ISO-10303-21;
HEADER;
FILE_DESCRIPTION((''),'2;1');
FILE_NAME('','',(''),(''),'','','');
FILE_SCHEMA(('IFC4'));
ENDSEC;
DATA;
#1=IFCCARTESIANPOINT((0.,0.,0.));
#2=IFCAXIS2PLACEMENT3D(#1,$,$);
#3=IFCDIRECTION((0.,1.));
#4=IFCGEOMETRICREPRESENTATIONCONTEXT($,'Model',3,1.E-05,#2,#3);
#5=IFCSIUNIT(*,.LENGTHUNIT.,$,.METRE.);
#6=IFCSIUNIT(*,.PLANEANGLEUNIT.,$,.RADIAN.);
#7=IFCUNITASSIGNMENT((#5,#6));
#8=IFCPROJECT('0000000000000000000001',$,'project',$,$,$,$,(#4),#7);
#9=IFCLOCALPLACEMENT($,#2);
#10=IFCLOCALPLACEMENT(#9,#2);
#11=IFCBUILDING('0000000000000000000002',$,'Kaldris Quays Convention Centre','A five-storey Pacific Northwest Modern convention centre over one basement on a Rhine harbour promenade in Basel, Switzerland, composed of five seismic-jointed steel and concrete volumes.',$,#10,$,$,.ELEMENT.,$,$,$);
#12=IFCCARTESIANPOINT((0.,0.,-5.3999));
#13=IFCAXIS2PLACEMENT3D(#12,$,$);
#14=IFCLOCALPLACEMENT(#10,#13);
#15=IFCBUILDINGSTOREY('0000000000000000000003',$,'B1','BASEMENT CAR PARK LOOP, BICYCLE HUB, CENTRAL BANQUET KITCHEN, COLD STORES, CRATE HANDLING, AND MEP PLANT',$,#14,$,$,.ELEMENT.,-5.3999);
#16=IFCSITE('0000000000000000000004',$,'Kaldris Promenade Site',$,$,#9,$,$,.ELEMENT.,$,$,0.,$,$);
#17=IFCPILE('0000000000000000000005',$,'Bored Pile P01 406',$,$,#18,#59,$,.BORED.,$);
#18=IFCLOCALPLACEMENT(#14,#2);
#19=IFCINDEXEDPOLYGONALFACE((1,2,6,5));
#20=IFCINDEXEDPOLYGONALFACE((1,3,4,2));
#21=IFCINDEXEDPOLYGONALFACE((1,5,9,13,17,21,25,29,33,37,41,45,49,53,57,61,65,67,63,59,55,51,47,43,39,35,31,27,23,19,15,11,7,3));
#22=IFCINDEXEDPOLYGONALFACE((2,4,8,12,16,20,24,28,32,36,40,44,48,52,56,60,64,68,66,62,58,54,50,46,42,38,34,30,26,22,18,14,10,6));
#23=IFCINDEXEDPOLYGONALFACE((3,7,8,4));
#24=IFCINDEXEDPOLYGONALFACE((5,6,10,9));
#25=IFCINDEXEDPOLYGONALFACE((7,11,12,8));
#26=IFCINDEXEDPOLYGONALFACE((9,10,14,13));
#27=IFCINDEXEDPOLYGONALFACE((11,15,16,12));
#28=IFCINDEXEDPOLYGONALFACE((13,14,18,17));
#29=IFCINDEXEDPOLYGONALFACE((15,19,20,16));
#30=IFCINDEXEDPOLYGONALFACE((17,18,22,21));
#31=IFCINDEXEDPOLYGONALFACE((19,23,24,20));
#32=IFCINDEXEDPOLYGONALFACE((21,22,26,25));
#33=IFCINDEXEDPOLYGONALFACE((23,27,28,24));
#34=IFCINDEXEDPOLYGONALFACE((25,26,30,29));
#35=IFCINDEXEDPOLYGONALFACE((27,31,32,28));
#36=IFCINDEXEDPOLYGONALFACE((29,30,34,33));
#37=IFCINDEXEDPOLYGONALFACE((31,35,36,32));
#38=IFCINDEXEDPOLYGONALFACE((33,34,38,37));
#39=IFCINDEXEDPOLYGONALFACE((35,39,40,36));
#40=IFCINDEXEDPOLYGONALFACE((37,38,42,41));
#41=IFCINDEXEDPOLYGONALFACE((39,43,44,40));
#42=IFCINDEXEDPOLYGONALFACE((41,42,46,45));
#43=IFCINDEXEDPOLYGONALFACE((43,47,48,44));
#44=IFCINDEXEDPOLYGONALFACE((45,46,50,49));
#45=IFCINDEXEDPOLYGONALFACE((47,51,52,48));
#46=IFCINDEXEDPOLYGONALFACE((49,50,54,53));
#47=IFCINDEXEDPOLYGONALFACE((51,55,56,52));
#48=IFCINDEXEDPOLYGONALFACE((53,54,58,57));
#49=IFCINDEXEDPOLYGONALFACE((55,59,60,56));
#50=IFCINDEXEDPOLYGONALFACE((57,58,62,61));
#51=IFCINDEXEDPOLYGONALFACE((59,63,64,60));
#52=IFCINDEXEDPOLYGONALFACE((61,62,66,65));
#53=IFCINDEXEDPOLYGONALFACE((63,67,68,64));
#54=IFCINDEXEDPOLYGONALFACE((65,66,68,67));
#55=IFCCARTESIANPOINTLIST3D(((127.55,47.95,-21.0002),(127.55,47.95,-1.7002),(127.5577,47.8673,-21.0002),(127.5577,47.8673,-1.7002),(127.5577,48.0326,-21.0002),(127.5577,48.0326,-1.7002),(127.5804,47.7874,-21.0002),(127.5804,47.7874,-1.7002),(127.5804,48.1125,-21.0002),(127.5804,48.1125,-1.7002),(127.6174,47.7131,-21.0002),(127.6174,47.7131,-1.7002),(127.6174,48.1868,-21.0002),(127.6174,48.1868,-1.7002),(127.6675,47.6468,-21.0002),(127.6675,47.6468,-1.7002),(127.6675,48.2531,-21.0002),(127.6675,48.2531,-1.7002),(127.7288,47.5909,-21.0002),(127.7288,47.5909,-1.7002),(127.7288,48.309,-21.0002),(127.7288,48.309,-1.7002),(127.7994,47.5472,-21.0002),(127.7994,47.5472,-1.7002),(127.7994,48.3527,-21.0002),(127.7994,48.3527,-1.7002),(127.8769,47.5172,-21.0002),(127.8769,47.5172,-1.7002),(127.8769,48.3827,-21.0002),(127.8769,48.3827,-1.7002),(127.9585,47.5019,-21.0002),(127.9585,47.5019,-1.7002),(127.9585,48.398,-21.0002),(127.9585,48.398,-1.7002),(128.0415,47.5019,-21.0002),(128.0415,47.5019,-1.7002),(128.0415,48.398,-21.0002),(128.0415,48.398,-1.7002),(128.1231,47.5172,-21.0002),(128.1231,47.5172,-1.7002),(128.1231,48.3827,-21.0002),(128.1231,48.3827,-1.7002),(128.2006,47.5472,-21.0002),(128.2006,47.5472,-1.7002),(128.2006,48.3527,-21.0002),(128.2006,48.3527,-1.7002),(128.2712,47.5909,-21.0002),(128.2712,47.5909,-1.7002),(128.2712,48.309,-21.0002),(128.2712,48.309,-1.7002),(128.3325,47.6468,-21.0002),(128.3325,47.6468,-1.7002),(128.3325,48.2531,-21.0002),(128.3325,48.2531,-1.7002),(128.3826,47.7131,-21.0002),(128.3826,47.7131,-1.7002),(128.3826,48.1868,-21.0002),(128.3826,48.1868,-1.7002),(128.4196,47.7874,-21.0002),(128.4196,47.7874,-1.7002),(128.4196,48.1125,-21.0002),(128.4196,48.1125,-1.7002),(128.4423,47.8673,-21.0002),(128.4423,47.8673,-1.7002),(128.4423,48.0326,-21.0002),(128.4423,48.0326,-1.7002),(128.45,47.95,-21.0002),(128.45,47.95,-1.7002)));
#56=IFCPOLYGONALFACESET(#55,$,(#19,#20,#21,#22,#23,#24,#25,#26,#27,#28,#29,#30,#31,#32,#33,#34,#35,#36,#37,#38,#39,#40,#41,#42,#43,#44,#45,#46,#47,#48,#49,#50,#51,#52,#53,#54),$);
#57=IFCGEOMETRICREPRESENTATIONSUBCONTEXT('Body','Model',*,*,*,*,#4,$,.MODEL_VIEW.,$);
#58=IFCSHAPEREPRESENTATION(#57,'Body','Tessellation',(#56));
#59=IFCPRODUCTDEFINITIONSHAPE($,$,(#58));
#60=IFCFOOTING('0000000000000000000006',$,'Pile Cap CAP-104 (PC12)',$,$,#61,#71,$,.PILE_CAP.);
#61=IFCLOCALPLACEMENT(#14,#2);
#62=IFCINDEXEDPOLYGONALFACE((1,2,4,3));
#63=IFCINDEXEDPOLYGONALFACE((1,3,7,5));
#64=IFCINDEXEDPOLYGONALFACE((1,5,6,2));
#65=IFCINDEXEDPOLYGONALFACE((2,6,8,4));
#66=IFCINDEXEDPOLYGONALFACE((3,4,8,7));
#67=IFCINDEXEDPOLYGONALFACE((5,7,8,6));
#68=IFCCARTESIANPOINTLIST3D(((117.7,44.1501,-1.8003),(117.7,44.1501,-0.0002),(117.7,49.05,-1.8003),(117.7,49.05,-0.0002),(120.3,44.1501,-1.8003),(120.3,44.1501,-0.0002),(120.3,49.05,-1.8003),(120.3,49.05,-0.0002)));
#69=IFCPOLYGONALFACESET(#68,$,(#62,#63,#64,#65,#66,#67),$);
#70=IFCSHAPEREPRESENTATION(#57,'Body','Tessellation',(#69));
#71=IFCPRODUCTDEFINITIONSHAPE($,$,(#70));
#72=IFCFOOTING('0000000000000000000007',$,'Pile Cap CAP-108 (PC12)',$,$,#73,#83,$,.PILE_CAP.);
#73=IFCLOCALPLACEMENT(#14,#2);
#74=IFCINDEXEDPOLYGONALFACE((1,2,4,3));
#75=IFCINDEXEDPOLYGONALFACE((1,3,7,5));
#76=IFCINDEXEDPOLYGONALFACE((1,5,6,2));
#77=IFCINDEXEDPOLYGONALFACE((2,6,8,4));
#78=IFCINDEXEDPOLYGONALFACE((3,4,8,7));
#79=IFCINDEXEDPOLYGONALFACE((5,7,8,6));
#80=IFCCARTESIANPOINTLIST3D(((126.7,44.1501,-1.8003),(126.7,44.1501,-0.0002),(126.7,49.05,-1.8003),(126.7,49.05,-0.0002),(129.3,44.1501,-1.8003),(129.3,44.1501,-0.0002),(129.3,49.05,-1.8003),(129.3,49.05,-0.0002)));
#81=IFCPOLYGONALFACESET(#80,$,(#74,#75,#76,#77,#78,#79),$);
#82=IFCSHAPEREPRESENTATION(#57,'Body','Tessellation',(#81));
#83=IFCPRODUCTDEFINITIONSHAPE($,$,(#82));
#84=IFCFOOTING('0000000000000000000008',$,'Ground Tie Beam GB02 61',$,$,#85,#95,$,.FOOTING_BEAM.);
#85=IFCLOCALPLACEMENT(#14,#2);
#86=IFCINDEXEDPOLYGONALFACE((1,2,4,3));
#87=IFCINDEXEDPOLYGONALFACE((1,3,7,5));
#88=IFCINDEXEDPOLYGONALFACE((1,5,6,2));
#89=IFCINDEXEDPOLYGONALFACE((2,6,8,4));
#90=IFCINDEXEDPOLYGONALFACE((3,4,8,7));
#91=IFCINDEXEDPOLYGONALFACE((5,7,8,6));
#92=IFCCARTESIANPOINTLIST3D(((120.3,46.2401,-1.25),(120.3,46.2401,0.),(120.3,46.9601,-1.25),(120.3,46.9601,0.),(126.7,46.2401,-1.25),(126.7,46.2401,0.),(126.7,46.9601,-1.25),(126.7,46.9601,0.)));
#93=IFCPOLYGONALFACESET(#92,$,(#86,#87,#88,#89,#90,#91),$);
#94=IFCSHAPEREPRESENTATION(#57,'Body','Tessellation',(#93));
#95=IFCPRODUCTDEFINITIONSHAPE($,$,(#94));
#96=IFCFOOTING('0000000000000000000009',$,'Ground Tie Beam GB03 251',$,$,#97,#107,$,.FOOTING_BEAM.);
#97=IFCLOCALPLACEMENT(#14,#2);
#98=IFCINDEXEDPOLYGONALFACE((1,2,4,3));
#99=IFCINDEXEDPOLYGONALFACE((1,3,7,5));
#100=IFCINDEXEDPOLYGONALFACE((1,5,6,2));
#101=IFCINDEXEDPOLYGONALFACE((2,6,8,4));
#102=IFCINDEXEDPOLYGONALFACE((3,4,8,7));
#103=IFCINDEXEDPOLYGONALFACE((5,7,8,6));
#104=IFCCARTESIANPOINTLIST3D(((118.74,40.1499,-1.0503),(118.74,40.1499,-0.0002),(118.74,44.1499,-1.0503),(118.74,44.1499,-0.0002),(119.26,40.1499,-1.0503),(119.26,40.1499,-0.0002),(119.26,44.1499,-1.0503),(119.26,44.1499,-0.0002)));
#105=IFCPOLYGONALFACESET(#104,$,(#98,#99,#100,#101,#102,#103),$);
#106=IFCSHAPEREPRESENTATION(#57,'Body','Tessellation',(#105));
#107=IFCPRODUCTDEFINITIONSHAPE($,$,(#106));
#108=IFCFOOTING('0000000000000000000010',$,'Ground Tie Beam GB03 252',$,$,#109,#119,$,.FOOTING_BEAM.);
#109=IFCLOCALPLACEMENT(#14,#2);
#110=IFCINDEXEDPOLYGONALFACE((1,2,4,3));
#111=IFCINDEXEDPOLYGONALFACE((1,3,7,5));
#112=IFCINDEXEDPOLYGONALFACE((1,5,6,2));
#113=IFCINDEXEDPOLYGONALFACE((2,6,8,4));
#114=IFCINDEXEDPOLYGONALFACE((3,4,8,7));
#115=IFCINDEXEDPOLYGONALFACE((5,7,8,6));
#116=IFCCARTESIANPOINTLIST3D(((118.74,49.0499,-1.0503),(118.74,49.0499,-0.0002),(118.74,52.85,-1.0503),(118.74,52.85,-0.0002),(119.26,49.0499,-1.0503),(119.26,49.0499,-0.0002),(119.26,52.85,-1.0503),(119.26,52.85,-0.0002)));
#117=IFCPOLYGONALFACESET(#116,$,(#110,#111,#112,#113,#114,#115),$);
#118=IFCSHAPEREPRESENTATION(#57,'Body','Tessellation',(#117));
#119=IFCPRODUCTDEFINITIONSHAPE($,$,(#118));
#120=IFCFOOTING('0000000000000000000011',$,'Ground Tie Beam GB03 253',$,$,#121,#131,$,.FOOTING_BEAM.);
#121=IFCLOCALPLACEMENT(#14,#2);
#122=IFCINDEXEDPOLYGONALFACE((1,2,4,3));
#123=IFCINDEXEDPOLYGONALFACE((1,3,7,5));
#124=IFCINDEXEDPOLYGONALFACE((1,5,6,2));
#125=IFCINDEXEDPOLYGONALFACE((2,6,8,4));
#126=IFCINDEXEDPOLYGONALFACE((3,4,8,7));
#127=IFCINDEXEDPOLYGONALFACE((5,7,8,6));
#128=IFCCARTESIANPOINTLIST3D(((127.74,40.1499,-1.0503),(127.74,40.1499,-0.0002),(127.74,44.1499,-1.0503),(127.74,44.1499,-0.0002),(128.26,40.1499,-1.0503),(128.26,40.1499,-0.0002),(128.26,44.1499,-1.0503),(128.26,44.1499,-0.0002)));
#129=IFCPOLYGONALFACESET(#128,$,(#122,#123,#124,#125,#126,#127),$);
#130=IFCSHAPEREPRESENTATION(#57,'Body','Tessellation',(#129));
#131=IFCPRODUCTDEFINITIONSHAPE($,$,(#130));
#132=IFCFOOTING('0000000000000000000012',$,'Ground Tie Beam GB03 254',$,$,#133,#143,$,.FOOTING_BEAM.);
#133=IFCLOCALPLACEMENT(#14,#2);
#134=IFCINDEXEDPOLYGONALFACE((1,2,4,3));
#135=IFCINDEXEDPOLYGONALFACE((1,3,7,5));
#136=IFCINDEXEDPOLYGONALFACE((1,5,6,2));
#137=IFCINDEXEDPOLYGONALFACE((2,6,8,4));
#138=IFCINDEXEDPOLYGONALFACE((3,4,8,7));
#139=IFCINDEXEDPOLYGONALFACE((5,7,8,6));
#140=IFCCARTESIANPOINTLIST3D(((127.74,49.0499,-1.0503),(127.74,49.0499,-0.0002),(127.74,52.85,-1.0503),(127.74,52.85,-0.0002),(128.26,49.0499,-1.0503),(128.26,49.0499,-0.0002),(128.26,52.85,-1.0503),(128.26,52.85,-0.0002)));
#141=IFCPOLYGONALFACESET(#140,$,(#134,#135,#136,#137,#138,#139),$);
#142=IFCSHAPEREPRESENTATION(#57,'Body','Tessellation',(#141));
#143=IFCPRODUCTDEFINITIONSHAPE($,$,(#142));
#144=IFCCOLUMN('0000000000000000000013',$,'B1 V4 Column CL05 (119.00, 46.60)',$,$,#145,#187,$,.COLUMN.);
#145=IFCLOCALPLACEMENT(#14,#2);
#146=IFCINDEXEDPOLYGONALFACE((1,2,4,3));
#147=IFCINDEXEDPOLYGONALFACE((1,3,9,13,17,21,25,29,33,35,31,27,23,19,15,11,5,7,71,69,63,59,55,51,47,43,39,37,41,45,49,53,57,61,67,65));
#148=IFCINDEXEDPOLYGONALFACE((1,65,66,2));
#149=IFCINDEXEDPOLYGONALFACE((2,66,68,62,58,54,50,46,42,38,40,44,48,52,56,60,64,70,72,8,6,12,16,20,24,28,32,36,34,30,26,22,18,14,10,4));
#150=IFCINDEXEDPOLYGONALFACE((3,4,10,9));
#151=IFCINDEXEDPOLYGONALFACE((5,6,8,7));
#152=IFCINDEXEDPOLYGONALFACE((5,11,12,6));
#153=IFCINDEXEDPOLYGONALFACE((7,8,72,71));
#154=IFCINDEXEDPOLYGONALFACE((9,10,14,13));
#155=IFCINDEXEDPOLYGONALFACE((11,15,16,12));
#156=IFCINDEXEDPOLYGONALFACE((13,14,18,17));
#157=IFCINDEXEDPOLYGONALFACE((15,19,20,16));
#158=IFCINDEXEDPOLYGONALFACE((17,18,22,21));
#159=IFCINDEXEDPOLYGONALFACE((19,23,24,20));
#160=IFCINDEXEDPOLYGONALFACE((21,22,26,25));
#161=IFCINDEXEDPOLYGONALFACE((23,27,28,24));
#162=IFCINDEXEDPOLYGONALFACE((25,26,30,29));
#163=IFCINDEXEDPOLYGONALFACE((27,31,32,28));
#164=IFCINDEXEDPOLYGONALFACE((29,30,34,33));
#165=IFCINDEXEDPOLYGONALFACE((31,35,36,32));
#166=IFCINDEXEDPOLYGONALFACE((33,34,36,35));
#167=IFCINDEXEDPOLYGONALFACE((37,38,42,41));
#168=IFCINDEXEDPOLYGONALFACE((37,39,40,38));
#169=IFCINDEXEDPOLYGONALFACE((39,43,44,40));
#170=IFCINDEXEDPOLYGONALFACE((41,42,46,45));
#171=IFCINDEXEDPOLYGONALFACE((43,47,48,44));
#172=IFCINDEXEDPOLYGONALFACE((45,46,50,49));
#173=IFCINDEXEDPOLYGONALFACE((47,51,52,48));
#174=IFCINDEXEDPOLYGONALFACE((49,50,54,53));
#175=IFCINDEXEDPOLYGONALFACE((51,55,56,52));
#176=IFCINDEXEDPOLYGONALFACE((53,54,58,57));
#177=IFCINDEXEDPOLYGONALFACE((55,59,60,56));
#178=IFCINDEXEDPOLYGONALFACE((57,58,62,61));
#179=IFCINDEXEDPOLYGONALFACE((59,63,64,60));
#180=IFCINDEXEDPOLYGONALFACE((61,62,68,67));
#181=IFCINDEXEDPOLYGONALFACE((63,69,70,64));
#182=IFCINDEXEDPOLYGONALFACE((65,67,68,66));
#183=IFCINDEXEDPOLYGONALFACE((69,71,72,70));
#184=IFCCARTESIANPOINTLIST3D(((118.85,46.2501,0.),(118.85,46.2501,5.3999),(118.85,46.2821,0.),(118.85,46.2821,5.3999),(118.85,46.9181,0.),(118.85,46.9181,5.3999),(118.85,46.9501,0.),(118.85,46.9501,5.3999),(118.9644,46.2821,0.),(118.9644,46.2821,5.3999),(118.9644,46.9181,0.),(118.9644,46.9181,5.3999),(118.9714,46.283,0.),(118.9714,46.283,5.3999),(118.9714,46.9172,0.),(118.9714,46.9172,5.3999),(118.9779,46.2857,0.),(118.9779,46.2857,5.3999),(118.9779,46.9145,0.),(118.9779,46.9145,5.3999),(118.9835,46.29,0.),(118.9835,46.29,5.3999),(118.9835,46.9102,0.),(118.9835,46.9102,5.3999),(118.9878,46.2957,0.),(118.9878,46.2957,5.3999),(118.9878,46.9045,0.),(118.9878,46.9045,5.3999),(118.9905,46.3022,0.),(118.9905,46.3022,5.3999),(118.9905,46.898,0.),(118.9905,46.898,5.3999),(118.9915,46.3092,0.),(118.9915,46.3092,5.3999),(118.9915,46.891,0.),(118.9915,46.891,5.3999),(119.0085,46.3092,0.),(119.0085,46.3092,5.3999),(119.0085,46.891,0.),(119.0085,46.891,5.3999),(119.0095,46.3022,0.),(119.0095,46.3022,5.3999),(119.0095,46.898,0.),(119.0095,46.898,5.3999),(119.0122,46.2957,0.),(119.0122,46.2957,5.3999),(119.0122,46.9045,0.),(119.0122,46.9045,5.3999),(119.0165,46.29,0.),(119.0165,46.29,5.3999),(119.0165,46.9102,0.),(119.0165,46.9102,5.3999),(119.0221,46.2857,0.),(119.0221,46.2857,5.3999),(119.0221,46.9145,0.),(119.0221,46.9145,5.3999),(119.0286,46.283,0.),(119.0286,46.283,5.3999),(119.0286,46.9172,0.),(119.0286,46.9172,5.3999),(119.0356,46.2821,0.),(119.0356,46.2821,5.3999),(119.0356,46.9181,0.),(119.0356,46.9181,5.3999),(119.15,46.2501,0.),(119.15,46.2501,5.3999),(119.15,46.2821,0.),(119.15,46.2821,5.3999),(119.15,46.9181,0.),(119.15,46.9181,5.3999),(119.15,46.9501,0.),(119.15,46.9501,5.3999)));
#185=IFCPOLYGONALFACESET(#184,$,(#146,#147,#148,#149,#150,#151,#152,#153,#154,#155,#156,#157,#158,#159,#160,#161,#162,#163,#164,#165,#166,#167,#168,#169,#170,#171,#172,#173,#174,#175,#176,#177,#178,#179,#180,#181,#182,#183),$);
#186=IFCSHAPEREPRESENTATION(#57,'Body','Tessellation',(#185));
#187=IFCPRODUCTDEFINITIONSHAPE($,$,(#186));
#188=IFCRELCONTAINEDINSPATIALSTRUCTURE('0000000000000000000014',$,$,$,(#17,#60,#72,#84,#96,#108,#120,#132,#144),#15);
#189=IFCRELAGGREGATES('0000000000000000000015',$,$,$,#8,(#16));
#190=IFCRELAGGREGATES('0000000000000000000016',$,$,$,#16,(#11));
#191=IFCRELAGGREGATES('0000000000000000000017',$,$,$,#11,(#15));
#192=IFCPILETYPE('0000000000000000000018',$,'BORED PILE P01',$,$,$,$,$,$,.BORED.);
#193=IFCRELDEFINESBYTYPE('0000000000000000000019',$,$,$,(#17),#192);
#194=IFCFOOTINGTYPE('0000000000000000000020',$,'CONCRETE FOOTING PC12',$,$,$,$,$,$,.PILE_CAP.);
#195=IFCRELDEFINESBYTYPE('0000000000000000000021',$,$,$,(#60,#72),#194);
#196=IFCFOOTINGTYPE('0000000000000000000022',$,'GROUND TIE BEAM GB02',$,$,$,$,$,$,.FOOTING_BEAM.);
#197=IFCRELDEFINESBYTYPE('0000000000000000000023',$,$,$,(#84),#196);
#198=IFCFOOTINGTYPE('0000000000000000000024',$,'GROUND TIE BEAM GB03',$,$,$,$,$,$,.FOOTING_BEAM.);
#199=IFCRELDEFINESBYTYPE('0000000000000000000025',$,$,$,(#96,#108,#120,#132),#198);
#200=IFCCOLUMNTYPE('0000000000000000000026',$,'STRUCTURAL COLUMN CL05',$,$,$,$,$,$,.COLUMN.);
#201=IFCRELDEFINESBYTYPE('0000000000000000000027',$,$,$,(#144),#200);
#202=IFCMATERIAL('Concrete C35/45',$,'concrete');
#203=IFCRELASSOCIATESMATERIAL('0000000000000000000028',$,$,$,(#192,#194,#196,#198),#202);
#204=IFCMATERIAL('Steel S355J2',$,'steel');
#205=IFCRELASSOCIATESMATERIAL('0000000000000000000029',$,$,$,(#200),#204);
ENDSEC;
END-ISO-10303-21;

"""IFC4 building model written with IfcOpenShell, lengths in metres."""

from ifc_helpers import new_model, si_unit, direction, frame, origin, origin_2d, place, context, subcontext, project, spatial, rectangle, circle, i_section, extrude, material, material_profile, profile_set, type_object, element, save


model = new_model("IFC4")

# Units and contexts
model_context = context("Model", 3, precision=1e-05, world=origin(), true_north=direction((0.0, 1.0)))
body_context = subcontext(model_context, "Body", "Model", "MODEL_VIEW")
ifc_project = project(units=[si_unit("LENGTHUNIT", "METRE"), si_unit("PLANEANGLEUNIT", "RADIAN")], contexts=[model_context])

# Site, building, storey
site_placement = place(None, origin())
site = spatial("IfcSite", under=ifc_project, at=site_placement, Name="Kaldris Promenade Site", CompositionType="ELEMENT", RefElevation=0.0)
building_placement = place(site_placement, origin())
building = spatial("IfcBuilding", under=site, at=building_placement, Name="Kaldris Quays Convention Centre", Description="A five-storey Pacific Northwest Modern convention centre over one basement on a Rhine harbour promenade in Basel, Switzerland, composed of five seismic-jointed steel and concrete volumes.", CompositionType="ELEMENT")
storey_placement = place(building_placement, frame((0.0, 0.0, -5.3999)))
storey = spatial("IfcBuildingStorey", under=building, at=storey_placement, Name="B1", Description="BASEMENT CAR PARK LOOP, BICYCLE HUB, CENTRAL BANQUET KITCHEN, COLD STORES, CRATE HANDLING, AND MEP PLANT", CompositionType="ELEMENT", Elevation=-5.3999)

# Pile
ifc_material_1 = material(Name="Concrete C35/45", Category="concrete")
ifc_material_profile_1 = material_profile(ifc_material_1, circle(Radius=0.45, at=origin_2d()), Name="BORED PILE D900")
ifc_profile_set_1 = profile_set([ifc_material_profile_1], Name="Concrete C35/45")
pile_type = type_object("IfcPileType", Name="BORED PILE P01", PredefinedType="BORED", material=ifc_profile_set_1)
for number, where, z_axis, x_axis, name in (
    (1, (128.0, 47.95, -1.7002), (0.0, 0.0, -1.0), (1.0, 0.0, 0.0), "Bored Pile P01 406"),
):
    element("IfcPile", number, at=place(storey_placement, frame(where, z_axis=z_axis, x_axis=x_axis)), inside=storey, type_object=pile_type, Name=name, PredefinedType="BORED", context=body_context, shape_type="SweptSolid", body=[
        extrude(circle(Radius=0.45, at=origin_2d()), origin(), (0.0, 0.0, 1.0), 19.3),
    ])

# Footings
footing_type_1 = type_object("IfcFootingType", Name="CONCRETE FOOTING PC12", PredefinedType="PILE_CAP", material=ifc_material_1)
for number, where, z_axis, x_axis, name in (
    (2, (119.0, 46.6001, -1.8003), (0.0, 0.0, 1.0), (1.0, 0.0, 0.0), "Pile Cap CAP-104 (PC12)"),
    (3, (128.0, 46.6001, -1.8003), (0.0, 0.0, 1.0), (1.0, 0.0, 0.0), "Pile Cap CAP-108 (PC12)"),
):
    element("IfcFooting", number, at=place(storey_placement, frame(where, z_axis=z_axis, x_axis=x_axis)), inside=storey, type_object=footing_type_1, Name=name, PredefinedType="PILE_CAP", context=body_context, shape_type="SweptSolid", body=[
        extrude(rectangle(XDim=2.6001, YDim=4.8999, at=origin_2d()), origin(), (0.0, 0.0, 1.0), 1.8),
    ])
footing_type_2 = type_object("IfcFootingType", Name="GROUND TIE BEAM GB02", PredefinedType="FOOTING_BEAM", material=ifc_material_1)
footing_1_placement = place(storey_placement, frame((123.5, 46.6001, -1.25), z_axis=(0.0, 0.0, 1.0), x_axis=(1.0, 0.0, 0.0)))
element("IfcFooting", 4, at=footing_1_placement, inside=storey, type_object=footing_type_2, Name="Ground Tie Beam GB02 61", PredefinedType="FOOTING_BEAM", context=body_context, shape_type="SweptSolid", body=[
    extrude(rectangle(XDim=6.3999, YDim=0.72, at=origin_2d()), origin(), (0.0, 0.0, 1.0), 1.25),
])
footing_type_3 = type_object("IfcFootingType", Name="GROUND TIE BEAM GB03", PredefinedType="FOOTING_BEAM", material=ifc_material_1)
footing_2_placement = place(storey_placement, frame((119.0, 42.1499, -1.0503), z_axis=(0.0, 0.0, 1.0), x_axis=(1.0, 0.0, 0.0)))
element("IfcFooting", 5, at=footing_2_placement, inside=storey, type_object=footing_type_3, Name="Ground Tie Beam GB03 251", PredefinedType="FOOTING_BEAM", context=body_context, shape_type="SweptSolid", body=[
    extrude(rectangle(XDim=0.52, YDim=4.0, at=origin_2d()), origin(), (0.0, 0.0, 1.0), 1.05),
])
footing_3_placement = place(storey_placement, frame((119.0, 50.95, -1.0503), z_axis=(0.0, 0.0, 1.0), x_axis=(1.0, 0.0, 0.0)))
element("IfcFooting", 6, at=footing_3_placement, inside=storey, type_object=footing_type_3, Name="Ground Tie Beam GB03 252", PredefinedType="FOOTING_BEAM", context=body_context, shape_type="SweptSolid", body=[
    extrude(rectangle(XDim=0.52, YDim=3.8, at=origin_2d()), origin(), (0.0, 0.0, 1.0), 1.05),
])
footing_4_placement = place(storey_placement, frame((128.0, 42.1499, -1.0503), z_axis=(0.0, 0.0, 1.0), x_axis=(1.0, 0.0, 0.0)))
element("IfcFooting", 7, at=footing_4_placement, inside=storey, type_object=footing_type_3, Name="Ground Tie Beam GB03 253", PredefinedType="FOOTING_BEAM", context=body_context, shape_type="SweptSolid", body=[
    extrude(rectangle(XDim=0.52, YDim=4.0, at=origin_2d()), origin(), (0.0, 0.0, 1.0), 1.05),
])
footing_5_placement = place(storey_placement, frame((128.0, 50.95, -1.0503), z_axis=(0.0, 0.0, 1.0), x_axis=(1.0, 0.0, 0.0)))
element("IfcFooting", 8, at=footing_5_placement, inside=storey, type_object=footing_type_3, Name="Ground Tie Beam GB03 254", PredefinedType="FOOTING_BEAM", context=body_context, shape_type="SweptSolid", body=[
    extrude(rectangle(XDim=0.52, YDim=3.8, at=origin_2d()), origin(), (0.0, 0.0, 1.0), 1.05),
])

# Column
ifc_material_2 = material(Name="Steel S355J2", Category="steel")
ifc_material_profile_2 = material_profile(ifc_material_2, i_section(OverallWidth=0.3, OverallDepth=0.7, WebThickness=0.0171, FlangeThickness=0.032, FilletRadius=0.0271, at=origin_2d()), Name="HEB 700")
ifc_profile_set_2 = profile_set([ifc_material_profile_2], Name="Steel S355J2")
column_type = type_object("IfcColumnType", Name="STRUCTURAL COLUMN CL05", PredefinedType="COLUMN", material=ifc_profile_set_2)
for number, where, z_axis, x_axis, name in (
    (9, (119.0, 46.6001, 0.0), (0.0, 0.0, 1.0), (1.0, 0.0, 0.0), "B1 V4 Column CL05 (119.00, 46.60)"),
):
    element("IfcColumn", number, at=place(storey_placement, frame(where, z_axis=z_axis, x_axis=x_axis)), inside=storey, type_object=column_type, Name=name, PredefinedType="COLUMN", context=body_context, shape_type="SweptSolid", body=[
        extrude(i_section(OverallWidth=0.3, OverallDepth=0.7, WebThickness=0.0171, FlangeThickness=0.032, FilletRadius=0.0271, at=origin_2d()), origin(), (0.0, 0.0, 1.0), 5.3999),
    ])

save(model, "model.ifc")
